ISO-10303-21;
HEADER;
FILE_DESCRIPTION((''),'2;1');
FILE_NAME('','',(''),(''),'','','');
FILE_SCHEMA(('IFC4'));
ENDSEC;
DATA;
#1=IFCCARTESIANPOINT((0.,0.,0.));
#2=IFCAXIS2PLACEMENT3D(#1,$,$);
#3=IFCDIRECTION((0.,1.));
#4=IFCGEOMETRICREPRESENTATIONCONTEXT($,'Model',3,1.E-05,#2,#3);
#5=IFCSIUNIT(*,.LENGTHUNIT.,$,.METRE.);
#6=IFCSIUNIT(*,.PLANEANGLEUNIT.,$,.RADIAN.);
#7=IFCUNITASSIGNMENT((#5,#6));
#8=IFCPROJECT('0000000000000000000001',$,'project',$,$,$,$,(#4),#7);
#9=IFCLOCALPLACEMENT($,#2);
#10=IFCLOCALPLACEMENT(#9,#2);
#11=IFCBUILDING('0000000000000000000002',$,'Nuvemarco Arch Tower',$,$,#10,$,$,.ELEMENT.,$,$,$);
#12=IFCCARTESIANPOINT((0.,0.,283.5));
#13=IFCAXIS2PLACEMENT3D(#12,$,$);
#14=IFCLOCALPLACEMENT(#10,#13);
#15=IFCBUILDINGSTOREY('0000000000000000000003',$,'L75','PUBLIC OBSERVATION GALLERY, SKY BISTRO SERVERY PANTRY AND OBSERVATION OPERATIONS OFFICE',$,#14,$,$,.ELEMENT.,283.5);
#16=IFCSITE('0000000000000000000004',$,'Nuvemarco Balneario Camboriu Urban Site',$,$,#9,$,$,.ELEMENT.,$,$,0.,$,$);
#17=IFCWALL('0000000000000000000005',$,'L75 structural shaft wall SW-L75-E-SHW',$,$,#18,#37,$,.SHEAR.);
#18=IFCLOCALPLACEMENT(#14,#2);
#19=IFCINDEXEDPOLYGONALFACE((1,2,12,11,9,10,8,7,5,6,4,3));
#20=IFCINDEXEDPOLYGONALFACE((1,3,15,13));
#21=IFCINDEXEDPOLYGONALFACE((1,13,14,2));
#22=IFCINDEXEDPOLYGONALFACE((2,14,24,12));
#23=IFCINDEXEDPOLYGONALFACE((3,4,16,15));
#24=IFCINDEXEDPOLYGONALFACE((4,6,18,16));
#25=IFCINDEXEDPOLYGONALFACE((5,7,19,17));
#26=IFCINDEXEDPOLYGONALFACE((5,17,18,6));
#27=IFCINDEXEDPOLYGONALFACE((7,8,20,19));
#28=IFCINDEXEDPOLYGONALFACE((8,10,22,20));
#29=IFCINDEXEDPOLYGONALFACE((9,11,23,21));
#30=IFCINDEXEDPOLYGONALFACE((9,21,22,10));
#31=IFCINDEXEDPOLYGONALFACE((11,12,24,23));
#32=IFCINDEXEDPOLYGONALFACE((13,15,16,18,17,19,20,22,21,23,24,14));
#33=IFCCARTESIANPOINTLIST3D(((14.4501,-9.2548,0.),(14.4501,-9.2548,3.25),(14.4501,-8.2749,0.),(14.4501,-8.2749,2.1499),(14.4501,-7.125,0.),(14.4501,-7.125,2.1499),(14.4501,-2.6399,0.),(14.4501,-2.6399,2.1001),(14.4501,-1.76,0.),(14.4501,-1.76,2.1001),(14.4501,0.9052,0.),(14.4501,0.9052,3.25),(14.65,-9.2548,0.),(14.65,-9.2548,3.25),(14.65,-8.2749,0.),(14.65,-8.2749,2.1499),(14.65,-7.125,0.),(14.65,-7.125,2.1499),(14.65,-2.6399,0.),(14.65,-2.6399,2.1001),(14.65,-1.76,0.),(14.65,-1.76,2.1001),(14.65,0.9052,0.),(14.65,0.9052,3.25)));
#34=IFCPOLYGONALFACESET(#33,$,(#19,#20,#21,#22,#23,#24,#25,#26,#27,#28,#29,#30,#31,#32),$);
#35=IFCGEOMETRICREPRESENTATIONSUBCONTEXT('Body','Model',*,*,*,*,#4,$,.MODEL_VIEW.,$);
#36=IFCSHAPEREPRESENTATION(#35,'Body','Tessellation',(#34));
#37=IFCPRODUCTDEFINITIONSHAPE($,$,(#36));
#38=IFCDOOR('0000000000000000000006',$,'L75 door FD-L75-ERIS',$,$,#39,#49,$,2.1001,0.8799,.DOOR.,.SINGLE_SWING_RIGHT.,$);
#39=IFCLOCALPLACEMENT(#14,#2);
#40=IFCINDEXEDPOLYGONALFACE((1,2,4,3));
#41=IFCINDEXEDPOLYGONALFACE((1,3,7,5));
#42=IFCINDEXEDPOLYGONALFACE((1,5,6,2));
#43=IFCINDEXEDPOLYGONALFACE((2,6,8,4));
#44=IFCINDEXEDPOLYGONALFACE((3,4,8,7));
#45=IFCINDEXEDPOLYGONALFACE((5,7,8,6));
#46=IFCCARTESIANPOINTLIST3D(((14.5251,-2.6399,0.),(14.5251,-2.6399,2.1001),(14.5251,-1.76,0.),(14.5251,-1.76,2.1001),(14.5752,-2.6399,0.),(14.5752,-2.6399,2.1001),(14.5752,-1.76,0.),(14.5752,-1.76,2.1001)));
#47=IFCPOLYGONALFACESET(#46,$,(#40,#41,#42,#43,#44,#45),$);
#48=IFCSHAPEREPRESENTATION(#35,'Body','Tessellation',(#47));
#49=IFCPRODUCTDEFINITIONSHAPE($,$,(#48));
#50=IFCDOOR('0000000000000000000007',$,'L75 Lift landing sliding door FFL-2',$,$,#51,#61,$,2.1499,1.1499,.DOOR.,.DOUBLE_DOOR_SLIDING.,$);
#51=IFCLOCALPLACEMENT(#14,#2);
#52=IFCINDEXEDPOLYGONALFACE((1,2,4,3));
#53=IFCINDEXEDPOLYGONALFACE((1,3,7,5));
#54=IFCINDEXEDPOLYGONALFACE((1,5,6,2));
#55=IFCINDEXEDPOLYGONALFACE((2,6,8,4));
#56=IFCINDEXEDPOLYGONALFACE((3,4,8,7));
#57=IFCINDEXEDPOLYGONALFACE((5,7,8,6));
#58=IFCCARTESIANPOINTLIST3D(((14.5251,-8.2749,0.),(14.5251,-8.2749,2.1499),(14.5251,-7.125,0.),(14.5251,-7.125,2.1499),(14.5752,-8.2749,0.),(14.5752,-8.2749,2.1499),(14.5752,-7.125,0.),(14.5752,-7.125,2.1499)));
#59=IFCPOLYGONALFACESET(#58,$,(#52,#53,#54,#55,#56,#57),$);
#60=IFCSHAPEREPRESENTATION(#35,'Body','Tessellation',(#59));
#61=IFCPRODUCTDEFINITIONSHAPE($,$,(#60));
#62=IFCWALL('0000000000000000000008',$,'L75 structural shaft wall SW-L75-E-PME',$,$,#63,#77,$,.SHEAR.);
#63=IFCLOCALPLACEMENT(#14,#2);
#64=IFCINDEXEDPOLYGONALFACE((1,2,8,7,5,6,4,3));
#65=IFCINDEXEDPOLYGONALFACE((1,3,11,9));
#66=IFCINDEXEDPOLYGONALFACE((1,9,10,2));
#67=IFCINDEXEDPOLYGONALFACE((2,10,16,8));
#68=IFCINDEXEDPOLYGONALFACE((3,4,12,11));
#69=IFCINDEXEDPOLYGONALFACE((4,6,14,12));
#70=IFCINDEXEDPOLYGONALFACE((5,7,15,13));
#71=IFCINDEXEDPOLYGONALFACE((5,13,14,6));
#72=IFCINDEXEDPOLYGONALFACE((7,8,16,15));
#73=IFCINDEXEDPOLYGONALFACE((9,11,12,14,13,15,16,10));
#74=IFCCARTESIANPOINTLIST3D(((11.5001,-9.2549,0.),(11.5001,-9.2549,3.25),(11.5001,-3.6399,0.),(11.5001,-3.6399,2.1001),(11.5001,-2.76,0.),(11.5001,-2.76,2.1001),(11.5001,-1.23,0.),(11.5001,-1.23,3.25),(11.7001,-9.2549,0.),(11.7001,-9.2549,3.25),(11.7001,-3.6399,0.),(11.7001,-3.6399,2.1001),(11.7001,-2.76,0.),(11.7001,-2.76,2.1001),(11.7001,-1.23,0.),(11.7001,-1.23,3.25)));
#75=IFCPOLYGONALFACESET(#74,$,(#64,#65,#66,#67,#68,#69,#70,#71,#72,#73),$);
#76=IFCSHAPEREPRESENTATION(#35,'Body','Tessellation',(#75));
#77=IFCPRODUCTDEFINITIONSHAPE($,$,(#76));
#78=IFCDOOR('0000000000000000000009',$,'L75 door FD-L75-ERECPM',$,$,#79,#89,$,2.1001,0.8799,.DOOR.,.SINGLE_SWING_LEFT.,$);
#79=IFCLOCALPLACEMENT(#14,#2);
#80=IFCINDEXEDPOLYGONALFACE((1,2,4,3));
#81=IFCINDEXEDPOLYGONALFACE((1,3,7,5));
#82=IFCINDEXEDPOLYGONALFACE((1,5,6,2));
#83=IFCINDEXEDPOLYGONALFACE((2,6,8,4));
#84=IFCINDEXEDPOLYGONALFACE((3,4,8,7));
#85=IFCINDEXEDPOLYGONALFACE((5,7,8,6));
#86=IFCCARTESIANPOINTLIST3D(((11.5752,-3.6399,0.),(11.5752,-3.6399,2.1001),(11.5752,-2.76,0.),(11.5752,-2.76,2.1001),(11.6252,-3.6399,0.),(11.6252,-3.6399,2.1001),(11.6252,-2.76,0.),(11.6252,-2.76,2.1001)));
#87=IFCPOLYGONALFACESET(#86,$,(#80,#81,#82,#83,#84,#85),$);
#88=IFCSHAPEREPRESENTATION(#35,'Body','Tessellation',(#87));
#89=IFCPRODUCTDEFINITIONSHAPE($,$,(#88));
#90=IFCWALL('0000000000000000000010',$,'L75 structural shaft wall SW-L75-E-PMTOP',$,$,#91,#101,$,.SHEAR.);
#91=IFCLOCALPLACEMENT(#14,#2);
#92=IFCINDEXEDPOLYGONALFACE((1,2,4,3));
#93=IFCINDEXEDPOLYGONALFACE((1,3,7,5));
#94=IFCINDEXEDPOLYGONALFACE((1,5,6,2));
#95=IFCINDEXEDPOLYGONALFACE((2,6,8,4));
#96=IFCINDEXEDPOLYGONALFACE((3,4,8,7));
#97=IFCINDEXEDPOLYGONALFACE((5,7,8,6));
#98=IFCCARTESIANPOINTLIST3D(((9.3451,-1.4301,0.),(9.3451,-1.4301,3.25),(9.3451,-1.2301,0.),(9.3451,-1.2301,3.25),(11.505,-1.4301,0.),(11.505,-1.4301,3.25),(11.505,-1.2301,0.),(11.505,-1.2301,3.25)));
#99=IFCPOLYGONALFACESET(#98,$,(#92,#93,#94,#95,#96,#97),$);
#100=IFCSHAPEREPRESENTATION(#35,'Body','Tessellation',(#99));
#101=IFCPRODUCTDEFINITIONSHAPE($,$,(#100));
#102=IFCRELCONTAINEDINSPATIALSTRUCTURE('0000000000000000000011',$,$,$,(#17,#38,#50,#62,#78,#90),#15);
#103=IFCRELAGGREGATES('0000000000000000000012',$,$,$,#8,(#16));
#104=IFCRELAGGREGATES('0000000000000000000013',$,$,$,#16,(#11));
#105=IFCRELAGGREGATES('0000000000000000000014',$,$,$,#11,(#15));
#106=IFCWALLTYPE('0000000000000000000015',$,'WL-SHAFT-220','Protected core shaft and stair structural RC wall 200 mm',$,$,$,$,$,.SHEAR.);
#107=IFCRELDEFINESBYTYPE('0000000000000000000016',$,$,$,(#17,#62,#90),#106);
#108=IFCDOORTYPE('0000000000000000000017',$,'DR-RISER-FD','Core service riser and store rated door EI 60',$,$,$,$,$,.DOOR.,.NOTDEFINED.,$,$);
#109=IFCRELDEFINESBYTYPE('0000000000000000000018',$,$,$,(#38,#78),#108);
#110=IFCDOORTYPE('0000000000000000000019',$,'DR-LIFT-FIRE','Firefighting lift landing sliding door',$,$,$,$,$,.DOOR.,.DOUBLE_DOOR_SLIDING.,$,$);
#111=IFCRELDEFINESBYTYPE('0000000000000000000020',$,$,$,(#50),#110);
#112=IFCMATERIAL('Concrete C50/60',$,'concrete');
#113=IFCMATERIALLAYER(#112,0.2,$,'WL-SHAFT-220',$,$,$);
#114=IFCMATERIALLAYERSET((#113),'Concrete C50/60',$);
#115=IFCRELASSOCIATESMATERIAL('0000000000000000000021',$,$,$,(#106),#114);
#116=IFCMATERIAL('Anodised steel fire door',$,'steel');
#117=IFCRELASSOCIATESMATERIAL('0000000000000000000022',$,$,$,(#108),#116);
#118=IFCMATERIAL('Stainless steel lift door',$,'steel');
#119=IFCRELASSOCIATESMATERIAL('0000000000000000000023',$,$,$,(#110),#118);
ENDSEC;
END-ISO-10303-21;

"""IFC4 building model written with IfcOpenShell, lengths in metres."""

from ifc_helpers import new_model, si_unit, direction, frame, frame_2d, origin, place, context, subcontext, project, spatial, rectangle, extrude, source, transform, mapped, material, layer, layer_set, type_object, type_shapes, element, fill, save


model = new_model("IFC4")

# Units and contexts
model_context = context("Model", 3, precision=1e-05, world=origin(), true_north=direction((0.0, 1.0)))
body_context = subcontext(model_context, "Body", "Model", "MODEL_VIEW")
ifc_project = project(units=[si_unit("LENGTHUNIT", "METRE"), si_unit("PLANEANGLEUNIT", "RADIAN")], contexts=[model_context])

# Site, building, storey
site_placement = place(None, origin())
site = spatial("IfcSite", under=ifc_project, at=site_placement, Name="Nuvemarco Balneario Camboriu Urban Site", CompositionType="ELEMENT", RefElevation=0.0)
building_placement = place(site_placement, origin())
building = spatial("IfcBuilding", under=site, at=building_placement, Name="Nuvemarco Arch Tower", CompositionType="ELEMENT")
storey_placement = place(building_placement, frame((0.0, 0.0, 283.5)))
storey = spatial("IfcBuildingStorey", under=building, at=storey_placement, Name="L75", Description="PUBLIC OBSERVATION GALLERY, SKY BISTRO SERVERY PANTRY AND OBSERVATION OPERATIONS OFFICE", CompositionType="ELEMENT", Elevation=283.5)

# Shared definitions
ifc_material_1 = material(Name="Concrete C50/60", Category="concrete")

# Shared definitions
ifc_material_2 = material(Name="Anodised steel fire door", Category="steel")

# Wall, openings, doors
ifc_layer_1 = layer(ifc_material_1, 0.2, Name="WL-SHAFT-220")
ifc_layer_set_1 = layer_set([ifc_layer_1], Name="Concrete C50/60")
wall_type_1 = type_object("IfcWallType", Name="WL-SHAFT-220", Description="Protected core shaft and stair structural RC wall 200 mm", PredefinedType="SHEAR", material=ifc_layer_set_1)
wall_1_placement = place(storey_placement, frame((14.55, -9.2549, 0.0), z_axis=(0.0, 0.0, 1.0), x_axis=(0.0, 1.0, 0.0)))
wall_1 = element("IfcWall", 1, at=wall_1_placement, inside=storey, type_object=wall_type_1, Name="L75 structural shaft wall SW-L75-E-SHW", PredefinedType="SHEAR", context=body_context, shape_type="SweptSolid", body=[
    extrude(rectangle(XDim=10.1599, YDim=0.2, at=frame_2d((5.0801, 0.0))), origin(), (0.0, 0.0, 1.0), 3.25),
])
opening_1_placement = place(wall_1_placement, frame((6.615, 0.0, 0.0)))
opening_1 = element("IfcOpeningElement", 2, at=opening_1_placement, cuts=wall_1, PredefinedType="OPENING", context=body_context, shape_type="SweptSolid", body=[
    extrude(rectangle(XDim=0.8799, YDim=2.1001, at=frame_2d((0.4399, 1.05))), frame((0.0, 0.1099, 0.0), z_axis=(0.0, -1.0, 0.0), x_axis=(1.0, 0.0, 0.0)), (0.0, 0.0, 1.0), 0.22),
])
opening_2_placement = place(wall_1_placement, frame((0.98, 0.0, 0.0)))
opening_2 = element("IfcOpeningElement", 3, at=opening_2_placement, cuts=wall_1, PredefinedType="OPENING", context=body_context, shape_type="SweptSolid", body=[
    extrude(rectangle(XDim=1.1499, YDim=2.1499, at=frame_2d((0.575, 1.075))), frame((0.0, 0.1099, 0.0), z_axis=(0.0, -1.0, 0.0), x_axis=(1.0, 0.0, 0.0)), (0.0, 0.0, 1.0), 0.22),
])
door_type_1 = type_object("IfcDoorType", Name="DR-RISER-FD", Description="Core service riser and store rated door EI 60", OperationType="NOTDEFINED", PredefinedType="DOOR", material=ifc_material_2)
shared_shape_1 = source(origin(), body_context, "Body", "SweptSolid", [
    extrude(rectangle(XDim=0.8799, YDim=2.1001, at=frame_2d((0.4399, 1.05))), frame((0.0, 0.0249, 0.0), z_axis=(0.0, -1.0, 0.0), x_axis=(1.0, 0.0, 0.0)), (0.0, 0.0, 1.0), 0.05),
])
type_shapes(door_type_1, [shared_shape_1])
door_1_placement = place(opening_1_placement, origin())
door_1 = element("IfcDoor", 4, at=door_1_placement, inside=storey, type_object=door_type_1, Name="L75 door FD-L75-ERIS", OperationType="SINGLE_SWING_RIGHT", OverallHeight=2.1001, OverallWidth=0.8799, PredefinedType="DOOR", context=body_context, shape_type="MappedRepresentation", body=[
    mapped(shared_shape_1, transform((0.0, 0.0, 0.0), scale=1.0)),
])
fill(opening_1, door_1)
ifc_material_3 = material(Name="Stainless steel lift door", Category="steel")
door_type_2 = type_object("IfcDoorType", Name="DR-LIFT-FIRE", Description="Firefighting lift landing sliding door", OperationType="DOUBLE_DOOR_SLIDING", PredefinedType="DOOR", material=ifc_material_3)
shared_shape_2 = source(origin(), body_context, "Body", "SweptSolid", [
    extrude(rectangle(XDim=1.1499, YDim=2.1499, at=frame_2d((0.575, 1.075))), frame((0.0, 0.0249, 0.0), z_axis=(0.0, -1.0, 0.0), x_axis=(1.0, 0.0, 0.0)), (0.0, 0.0, 1.0), 0.05),
])
type_shapes(door_type_2, [shared_shape_2])
door_2_placement = place(opening_2_placement, origin())
door_2 = element("IfcDoor", 5, at=door_2_placement, inside=storey, type_object=door_type_2, Name="L75 Lift landing sliding door FFL-2", OperationType="DOUBLE_DOOR_SLIDING", OverallHeight=2.1499, OverallWidth=1.1499, PredefinedType="DOOR", context=body_context, shape_type="MappedRepresentation", body=[
    mapped(shared_shape_2, transform((0.0, 0.0, 0.0), scale=1.0)),
])
fill(opening_2, door_2)

# Wall, opening, door
wall_2_placement = place(storey_placement, frame((11.6001, -9.2549, 0.0), z_axis=(0.0, 0.0, 1.0), x_axis=(0.0, 1.0, 0.0)))
wall_2 = element("IfcWall", 6, at=wall_2_placement, inside=storey, type_object=wall_type_1, Name="L75 structural shaft wall SW-L75-E-PME", PredefinedType="SHEAR", context=body_context, shape_type="SweptSolid", body=[
    extrude(rectangle(XDim=8.0249, YDim=0.2, at=frame_2d((4.0125, 0.0))), origin(), (0.0, 0.0, 1.0), 3.25),
])
opening_3_placement = place(wall_2_placement, frame((5.615, 0.0, 0.0)))
opening_3 = element("IfcOpeningElement", 7, at=opening_3_placement, cuts=wall_2, PredefinedType="OPENING", context=body_context, shape_type="SweptSolid", body=[
    extrude(rectangle(XDim=0.8799, YDim=2.1001, at=frame_2d((0.4399, 1.05))), frame((0.0, 0.1099, 0.0), z_axis=(0.0, -1.0, 0.0), x_axis=(1.0, 0.0, 0.0)), (0.0, 0.0, 1.0), 0.22),
])
door_3_placement = place(opening_3_placement, origin())
door_3 = element("IfcDoor", 8, at=door_3_placement, inside=storey, type_object=door_type_1, Name="L75 door FD-L75-ERECPM", OperationType="SINGLE_SWING_LEFT", OverallHeight=2.1001, OverallWidth=0.8799, PredefinedType="DOOR", context=body_context, shape_type="MappedRepresentation", body=[
    mapped(shared_shape_1, transform((0.0, 0.0, 0.0), scale=1.0)),
])
fill(opening_3, door_3)

# Wall
wall_3_placement = place(storey_placement, frame((9.345, -1.3301, 0.0), z_axis=(0.0, 0.0, 1.0), x_axis=(1.0, 0.0, 0.0)))
element("IfcWall", 9, at=wall_3_placement, inside=storey, type_object=wall_type_1, Name="L75 structural shaft wall SW-L75-E-PMTOP", PredefinedType="SHEAR", context=body_context, shape_type="SweptSolid", body=[
    extrude(rectangle(XDim=2.1599, YDim=0.2, at=frame_2d((1.0801, 0.0))), origin(), (0.0, 0.0, 1.0), 3.25),
])

save(model, "model.ifc")
